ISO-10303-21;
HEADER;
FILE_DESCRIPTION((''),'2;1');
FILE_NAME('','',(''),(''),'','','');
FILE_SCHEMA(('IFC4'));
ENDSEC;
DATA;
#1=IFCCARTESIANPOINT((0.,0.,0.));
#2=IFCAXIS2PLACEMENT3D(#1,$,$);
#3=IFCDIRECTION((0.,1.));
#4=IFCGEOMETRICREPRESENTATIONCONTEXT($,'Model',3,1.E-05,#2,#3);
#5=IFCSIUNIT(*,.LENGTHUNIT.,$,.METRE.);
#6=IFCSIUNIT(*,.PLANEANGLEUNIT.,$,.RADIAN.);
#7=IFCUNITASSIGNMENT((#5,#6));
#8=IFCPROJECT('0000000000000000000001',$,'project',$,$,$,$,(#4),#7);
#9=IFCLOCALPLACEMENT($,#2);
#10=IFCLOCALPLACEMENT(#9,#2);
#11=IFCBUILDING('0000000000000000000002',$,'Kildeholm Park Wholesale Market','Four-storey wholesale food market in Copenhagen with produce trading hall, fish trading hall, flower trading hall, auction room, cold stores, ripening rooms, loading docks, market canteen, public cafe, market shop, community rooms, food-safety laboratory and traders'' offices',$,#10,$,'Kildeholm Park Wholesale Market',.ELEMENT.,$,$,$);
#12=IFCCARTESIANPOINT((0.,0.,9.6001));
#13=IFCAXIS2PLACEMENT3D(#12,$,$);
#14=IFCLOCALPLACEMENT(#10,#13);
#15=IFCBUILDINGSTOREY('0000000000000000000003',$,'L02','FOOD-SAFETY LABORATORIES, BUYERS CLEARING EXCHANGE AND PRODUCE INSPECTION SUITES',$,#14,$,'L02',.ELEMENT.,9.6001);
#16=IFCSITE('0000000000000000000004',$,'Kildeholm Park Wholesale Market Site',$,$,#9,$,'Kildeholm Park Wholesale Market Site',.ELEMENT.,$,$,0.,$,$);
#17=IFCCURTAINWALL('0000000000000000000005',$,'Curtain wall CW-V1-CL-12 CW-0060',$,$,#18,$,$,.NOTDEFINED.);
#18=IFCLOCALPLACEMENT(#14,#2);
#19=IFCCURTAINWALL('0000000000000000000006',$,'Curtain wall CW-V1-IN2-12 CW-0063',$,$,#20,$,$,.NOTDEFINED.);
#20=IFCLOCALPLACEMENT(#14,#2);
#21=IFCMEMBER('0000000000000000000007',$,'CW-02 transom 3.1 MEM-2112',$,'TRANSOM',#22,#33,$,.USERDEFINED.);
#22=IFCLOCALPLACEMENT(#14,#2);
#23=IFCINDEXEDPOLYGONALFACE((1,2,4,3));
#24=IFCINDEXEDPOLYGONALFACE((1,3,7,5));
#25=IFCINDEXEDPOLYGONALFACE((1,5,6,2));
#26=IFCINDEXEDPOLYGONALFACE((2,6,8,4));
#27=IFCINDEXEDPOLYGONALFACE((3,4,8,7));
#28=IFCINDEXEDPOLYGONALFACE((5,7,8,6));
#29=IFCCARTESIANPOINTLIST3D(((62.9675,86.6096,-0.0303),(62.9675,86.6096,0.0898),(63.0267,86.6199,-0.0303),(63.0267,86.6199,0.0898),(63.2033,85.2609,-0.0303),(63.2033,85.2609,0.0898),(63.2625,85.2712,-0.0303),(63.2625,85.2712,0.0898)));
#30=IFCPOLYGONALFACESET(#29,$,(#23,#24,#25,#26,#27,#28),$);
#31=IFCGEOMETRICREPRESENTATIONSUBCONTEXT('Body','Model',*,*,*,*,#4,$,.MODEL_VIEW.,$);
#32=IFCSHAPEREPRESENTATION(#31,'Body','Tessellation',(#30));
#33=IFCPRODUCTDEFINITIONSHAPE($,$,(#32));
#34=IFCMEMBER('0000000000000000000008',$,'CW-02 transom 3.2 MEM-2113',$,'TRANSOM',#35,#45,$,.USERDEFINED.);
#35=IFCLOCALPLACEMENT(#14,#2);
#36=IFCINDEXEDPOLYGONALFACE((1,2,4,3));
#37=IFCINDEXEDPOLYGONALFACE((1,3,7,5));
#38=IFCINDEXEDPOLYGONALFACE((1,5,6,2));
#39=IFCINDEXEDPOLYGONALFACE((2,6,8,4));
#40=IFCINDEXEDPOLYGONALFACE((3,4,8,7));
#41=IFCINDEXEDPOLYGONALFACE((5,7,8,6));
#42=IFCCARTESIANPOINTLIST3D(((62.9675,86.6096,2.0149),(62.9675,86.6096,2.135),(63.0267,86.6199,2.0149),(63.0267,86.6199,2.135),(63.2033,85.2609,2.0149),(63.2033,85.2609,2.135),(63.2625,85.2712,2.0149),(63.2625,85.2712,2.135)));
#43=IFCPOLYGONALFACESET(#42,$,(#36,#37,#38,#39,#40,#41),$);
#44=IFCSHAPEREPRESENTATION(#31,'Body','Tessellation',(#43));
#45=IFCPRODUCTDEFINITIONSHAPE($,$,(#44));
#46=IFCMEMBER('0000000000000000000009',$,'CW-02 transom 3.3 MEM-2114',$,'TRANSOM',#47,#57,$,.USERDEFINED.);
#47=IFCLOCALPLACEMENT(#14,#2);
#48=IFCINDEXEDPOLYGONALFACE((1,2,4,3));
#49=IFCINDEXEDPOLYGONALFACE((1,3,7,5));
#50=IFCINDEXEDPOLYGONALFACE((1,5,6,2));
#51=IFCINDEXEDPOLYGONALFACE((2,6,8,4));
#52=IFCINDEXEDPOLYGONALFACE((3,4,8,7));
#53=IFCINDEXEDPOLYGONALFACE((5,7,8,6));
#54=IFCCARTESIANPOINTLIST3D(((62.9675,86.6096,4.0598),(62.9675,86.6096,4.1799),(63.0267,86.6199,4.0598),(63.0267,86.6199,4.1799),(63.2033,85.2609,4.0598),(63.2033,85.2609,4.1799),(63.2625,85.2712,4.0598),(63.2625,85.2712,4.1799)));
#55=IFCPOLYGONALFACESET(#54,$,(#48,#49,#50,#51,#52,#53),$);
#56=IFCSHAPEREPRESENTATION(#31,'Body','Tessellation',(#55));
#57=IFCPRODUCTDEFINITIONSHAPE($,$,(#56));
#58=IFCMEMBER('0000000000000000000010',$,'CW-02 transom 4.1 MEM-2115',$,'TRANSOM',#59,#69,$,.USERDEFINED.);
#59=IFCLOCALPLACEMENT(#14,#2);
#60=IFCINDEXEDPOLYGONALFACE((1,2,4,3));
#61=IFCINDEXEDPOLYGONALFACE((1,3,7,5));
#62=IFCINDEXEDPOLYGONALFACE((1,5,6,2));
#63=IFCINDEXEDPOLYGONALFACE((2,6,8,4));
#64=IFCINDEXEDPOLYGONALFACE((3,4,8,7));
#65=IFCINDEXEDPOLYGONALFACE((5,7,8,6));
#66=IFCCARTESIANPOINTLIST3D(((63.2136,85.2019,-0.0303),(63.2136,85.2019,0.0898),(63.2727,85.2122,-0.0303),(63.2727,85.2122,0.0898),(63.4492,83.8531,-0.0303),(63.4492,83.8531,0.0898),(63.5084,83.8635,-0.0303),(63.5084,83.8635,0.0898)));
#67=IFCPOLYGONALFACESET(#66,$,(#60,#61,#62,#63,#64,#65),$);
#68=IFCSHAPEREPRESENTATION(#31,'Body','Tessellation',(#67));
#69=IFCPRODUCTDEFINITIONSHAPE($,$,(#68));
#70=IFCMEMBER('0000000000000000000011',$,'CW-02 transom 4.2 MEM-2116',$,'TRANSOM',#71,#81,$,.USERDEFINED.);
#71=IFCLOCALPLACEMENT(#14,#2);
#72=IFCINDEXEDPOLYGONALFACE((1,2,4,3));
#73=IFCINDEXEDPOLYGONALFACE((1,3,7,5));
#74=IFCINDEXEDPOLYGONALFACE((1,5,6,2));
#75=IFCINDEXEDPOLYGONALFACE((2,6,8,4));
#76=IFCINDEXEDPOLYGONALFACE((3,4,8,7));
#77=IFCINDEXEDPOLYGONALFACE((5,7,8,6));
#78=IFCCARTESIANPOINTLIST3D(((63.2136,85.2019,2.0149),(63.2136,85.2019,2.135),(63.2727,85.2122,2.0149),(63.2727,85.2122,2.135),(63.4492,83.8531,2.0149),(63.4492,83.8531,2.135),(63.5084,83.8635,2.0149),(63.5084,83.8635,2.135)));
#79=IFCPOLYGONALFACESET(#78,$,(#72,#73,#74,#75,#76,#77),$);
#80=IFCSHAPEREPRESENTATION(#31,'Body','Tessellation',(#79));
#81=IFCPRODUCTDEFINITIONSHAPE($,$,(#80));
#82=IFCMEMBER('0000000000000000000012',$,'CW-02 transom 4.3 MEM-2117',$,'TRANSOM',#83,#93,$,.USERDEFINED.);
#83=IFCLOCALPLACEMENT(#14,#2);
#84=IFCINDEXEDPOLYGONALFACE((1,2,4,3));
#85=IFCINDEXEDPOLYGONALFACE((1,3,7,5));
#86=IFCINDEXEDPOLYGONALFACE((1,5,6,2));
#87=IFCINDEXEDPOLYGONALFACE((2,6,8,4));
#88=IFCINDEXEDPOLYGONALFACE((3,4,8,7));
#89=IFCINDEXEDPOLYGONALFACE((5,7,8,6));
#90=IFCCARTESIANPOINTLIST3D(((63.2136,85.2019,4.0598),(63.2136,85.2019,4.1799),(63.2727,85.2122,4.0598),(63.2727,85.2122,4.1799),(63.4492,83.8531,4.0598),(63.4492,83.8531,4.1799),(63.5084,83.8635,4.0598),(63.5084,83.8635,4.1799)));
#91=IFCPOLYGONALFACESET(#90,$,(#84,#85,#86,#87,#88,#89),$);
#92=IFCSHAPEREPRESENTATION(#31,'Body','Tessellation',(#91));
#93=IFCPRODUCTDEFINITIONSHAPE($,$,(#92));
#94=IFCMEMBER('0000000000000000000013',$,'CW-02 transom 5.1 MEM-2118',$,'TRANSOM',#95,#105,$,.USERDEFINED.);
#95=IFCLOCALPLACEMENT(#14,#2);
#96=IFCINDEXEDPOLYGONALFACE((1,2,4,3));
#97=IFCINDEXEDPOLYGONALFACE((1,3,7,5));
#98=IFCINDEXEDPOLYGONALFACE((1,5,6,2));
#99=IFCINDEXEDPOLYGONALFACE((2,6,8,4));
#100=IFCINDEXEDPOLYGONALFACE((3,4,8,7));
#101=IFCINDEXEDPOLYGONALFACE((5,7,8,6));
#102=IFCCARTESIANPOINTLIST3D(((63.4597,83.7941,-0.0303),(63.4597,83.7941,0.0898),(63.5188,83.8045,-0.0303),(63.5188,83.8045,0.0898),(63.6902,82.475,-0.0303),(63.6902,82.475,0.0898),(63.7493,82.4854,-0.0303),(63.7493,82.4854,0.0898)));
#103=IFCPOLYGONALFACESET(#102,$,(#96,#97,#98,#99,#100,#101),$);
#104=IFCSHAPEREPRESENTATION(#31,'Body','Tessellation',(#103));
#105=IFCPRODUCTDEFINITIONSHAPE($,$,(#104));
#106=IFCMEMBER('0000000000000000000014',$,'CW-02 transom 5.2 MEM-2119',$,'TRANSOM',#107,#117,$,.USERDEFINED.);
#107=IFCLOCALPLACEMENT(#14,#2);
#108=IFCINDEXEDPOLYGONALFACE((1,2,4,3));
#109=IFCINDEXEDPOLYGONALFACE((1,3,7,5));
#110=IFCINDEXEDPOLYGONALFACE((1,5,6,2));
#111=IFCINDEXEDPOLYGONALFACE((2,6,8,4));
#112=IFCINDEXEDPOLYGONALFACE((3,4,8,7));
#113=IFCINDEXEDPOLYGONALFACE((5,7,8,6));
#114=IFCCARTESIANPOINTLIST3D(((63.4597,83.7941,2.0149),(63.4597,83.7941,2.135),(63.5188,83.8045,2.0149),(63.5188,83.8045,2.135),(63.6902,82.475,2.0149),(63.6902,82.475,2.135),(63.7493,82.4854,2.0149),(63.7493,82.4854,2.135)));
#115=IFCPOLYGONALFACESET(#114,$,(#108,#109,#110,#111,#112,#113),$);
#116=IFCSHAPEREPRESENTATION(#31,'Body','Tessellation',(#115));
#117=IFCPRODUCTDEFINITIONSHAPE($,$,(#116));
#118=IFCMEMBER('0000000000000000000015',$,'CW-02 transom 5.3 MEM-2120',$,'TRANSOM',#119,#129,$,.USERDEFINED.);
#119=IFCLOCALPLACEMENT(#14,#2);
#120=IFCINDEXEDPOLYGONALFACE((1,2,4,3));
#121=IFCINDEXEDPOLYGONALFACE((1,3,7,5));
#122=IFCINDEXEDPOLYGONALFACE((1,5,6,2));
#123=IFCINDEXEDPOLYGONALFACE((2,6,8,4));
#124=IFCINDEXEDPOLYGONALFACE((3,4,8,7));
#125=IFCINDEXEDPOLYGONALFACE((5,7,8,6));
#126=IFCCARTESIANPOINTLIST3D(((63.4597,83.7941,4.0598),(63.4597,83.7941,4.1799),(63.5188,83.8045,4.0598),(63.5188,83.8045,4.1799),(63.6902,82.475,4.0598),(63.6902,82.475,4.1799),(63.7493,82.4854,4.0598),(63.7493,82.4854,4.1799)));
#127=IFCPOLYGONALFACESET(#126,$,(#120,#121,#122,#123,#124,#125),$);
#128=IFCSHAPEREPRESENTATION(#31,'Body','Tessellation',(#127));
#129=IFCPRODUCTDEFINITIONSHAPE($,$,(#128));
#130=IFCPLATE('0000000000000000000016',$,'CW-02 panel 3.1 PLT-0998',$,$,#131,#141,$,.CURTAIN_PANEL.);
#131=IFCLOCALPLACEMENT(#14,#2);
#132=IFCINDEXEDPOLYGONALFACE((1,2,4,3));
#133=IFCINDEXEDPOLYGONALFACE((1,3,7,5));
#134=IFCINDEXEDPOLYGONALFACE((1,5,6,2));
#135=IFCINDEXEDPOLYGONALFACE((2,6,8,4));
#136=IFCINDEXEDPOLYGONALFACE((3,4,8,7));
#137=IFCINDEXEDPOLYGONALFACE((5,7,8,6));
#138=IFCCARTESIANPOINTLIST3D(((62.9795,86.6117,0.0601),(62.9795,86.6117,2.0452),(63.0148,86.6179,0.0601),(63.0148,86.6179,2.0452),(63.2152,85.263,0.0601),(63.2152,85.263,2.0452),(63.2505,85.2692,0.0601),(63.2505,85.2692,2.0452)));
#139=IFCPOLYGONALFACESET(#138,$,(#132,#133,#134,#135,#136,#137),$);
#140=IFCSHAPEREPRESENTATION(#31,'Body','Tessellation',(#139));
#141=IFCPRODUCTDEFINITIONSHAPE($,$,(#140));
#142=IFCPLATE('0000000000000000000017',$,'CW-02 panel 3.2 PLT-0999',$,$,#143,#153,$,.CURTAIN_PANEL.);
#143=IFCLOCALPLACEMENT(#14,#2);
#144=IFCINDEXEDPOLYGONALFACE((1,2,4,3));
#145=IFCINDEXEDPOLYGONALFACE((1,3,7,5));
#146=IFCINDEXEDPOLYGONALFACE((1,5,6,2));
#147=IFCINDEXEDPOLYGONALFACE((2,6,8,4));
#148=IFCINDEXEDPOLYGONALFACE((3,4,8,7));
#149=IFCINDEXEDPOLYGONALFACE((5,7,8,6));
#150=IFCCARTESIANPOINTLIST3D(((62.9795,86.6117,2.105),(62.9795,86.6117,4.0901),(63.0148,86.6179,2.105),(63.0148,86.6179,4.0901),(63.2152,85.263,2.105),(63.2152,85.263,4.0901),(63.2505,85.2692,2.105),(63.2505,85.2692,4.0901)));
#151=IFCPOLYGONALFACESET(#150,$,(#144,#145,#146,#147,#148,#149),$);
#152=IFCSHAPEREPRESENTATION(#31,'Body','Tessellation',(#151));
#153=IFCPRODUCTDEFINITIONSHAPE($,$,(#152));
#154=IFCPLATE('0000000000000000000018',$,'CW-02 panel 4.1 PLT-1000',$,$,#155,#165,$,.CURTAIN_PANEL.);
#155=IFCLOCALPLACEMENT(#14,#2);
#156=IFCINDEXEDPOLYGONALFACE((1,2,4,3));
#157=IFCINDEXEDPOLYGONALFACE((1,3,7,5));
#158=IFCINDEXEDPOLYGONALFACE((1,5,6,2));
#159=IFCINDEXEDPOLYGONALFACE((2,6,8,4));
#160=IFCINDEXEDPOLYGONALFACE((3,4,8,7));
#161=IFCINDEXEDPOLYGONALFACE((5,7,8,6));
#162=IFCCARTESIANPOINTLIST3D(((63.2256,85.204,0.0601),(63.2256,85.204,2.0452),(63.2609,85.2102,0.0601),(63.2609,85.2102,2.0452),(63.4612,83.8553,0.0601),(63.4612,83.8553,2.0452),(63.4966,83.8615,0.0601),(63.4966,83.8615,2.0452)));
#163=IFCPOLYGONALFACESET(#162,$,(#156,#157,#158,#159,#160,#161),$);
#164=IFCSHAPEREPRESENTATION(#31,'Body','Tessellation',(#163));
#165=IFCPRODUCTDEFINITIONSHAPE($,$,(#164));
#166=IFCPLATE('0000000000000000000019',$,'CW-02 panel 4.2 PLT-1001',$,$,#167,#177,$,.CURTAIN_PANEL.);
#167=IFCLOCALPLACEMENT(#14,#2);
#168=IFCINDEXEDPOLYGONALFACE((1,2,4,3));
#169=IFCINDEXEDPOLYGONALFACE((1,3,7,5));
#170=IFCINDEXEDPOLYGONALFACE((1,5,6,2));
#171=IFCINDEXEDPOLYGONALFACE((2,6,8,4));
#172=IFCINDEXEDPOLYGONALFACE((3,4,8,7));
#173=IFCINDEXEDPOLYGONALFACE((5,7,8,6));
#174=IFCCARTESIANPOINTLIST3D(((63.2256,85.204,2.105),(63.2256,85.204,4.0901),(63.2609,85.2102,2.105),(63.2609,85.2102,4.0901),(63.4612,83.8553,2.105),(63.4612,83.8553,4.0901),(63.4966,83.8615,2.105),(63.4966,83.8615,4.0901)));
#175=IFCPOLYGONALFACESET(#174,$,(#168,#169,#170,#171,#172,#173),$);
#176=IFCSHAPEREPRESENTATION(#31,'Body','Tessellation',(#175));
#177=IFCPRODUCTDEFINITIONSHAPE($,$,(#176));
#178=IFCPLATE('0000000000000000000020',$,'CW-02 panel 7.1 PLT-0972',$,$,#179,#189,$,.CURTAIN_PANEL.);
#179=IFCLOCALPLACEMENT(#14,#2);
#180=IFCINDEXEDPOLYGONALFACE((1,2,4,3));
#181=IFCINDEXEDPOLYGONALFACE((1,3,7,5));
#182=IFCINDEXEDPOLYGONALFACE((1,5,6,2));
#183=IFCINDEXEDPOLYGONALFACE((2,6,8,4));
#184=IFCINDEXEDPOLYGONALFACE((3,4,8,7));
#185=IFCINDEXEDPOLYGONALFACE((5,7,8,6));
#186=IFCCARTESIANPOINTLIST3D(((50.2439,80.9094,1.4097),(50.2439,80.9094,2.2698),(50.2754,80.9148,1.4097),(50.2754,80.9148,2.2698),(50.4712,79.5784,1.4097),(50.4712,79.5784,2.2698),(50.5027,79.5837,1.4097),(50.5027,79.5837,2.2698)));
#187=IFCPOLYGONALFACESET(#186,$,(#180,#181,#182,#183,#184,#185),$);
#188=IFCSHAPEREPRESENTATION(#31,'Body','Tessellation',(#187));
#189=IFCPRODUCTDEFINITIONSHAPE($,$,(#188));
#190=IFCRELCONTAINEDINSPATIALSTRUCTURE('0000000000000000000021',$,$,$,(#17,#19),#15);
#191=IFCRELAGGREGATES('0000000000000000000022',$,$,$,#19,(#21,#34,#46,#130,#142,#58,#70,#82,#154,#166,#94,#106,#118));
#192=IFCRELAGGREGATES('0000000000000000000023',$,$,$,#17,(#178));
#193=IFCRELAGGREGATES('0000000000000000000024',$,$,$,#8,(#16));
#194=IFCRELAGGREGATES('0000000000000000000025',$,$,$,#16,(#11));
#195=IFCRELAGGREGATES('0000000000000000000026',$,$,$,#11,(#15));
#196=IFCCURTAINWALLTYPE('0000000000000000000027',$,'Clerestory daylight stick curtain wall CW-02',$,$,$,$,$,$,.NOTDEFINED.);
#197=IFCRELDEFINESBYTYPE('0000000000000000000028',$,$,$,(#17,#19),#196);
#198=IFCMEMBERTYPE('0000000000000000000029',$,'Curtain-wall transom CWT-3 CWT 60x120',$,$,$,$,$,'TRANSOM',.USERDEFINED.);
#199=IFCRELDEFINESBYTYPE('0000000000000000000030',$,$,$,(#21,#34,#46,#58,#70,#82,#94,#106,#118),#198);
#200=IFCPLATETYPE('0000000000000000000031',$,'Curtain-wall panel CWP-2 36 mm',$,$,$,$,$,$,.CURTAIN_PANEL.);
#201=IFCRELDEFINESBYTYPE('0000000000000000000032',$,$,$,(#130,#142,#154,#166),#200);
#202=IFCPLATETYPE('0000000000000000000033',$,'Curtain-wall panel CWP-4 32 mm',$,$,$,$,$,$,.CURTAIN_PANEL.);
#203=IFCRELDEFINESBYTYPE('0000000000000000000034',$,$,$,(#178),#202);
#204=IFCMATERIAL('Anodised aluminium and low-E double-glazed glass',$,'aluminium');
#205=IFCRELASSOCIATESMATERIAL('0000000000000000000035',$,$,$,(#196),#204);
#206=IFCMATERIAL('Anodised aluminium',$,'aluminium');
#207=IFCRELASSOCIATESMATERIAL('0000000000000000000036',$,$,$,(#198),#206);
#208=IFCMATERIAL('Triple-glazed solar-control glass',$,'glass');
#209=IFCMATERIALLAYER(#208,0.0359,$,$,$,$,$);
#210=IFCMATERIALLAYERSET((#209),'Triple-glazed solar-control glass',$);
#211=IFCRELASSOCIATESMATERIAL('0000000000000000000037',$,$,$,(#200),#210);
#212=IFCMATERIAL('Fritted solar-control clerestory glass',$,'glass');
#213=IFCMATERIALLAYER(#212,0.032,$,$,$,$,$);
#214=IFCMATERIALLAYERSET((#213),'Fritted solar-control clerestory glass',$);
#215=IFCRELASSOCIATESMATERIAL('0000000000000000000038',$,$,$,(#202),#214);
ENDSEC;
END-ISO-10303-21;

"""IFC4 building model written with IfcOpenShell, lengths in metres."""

from ifc_helpers import new_model, si_unit, direction, frame, origin, origin_2d, place, context, subcontext, project, spatial, rectangle, extrude, material, layer, layer_set, material_profile, profile_set, type_object, element, aggregate, save


model = new_model("IFC4")

# Units and contexts
model_context = context("Model", 3, precision=1e-05, world=origin(), true_north=direction((0.0, 1.0)))
body_context = subcontext(model_context, "Body", "Model", "MODEL_VIEW")
ifc_project = project(units=[si_unit("LENGTHUNIT", "METRE"), si_unit("PLANEANGLEUNIT", "RADIAN")], contexts=[model_context])

# Site, building, storey
site_placement = place(None, origin())
site = spatial("IfcSite", under=ifc_project, at=site_placement, Name="Kildeholm Park Wholesale Market Site", LongName="Kildeholm Park Wholesale Market Site", CompositionType="ELEMENT", RefElevation=0.0)
building_placement = place(site_placement, origin())
building = spatial("IfcBuilding", under=site, at=building_placement, Name="Kildeholm Park Wholesale Market", Description="Four-storey wholesale food market in Copenhagen with produce trading hall, fish trading hall, flower trading hall, auction room, cold stores, ripening rooms, loading docks, market canteen, public cafe, market shop, community rooms, food-safety laboratory and traders' offices", LongName="Kildeholm Park Wholesale Market", CompositionType="ELEMENT")
storey_placement = place(building_placement, frame((0.0, 0.0, 9.6001)))
storey = spatial("IfcBuildingStorey", under=building, at=storey_placement, Name="L02", Description="FOOD-SAFETY LABORATORIES, BUYERS CLEARING EXCHANGE AND PRODUCE INSPECTION SUITES", LongName="L02", CompositionType="ELEMENT", Elevation=9.6001)

# Curtain wall
ifc_material_1 = material(Name="Anodised aluminium and low-E double-glazed glass", Category="aluminium")
curtain_wall_type = type_object("IfcCurtainWallType", Name="Clerestory daylight stick curtain wall CW-02", PredefinedType="NOTDEFINED", material=ifc_material_1)
curtain_wall_1_placement = place(storey_placement, origin())
curtain_wall_1 = element("IfcCurtainWall", 1, at=curtain_wall_1_placement, inside=storey, type_object=curtain_wall_type, Name="Curtain wall CW-V1-CL-12 CW-0060", PredefinedType="NOTDEFINED")
ifc_material_2 = material(Name="Anodised aluminium", Category="aluminium")

# Curtain wall, members, plates
curtain_wall_2_placement = place(storey_placement, origin())
curtain_wall_2 = element("IfcCurtainWall", 2, at=curtain_wall_2_placement, inside=storey, type_object=curtain_wall_type, Name="Curtain wall CW-V1-IN2-12 CW-0063", PredefinedType="NOTDEFINED")
ifc_material_profile_1 = material_profile(ifc_material_2, rectangle(XDim=0.0601, YDim=0.1201, at=origin_2d()), Name="CWT 60x120")
ifc_profile_set_1 = profile_set([ifc_material_profile_1], Name="Anodised aluminium")
member_type_1 = type_object("IfcMemberType", Name="Curtain-wall transom CWT-3 CWT 60x120", ElementType="TRANSOM", PredefinedType="USERDEFINED", material=ifc_profile_set_1)
member_1_placement = place(storey_placement, frame((62.9971, 86.6147, 0.0298), z_axis=(0.172259, -0.985052, 0.0), x_axis=(0.985052, 0.172259, 0.0)))
member_1 = element("IfcMember", 3, at=member_1_placement, type_object=member_type_1, Name="CW-02 transom 3.1 MEM-2112", ObjectType="TRANSOM", PredefinedType="USERDEFINED", context=body_context, shape_type="SweptSolid", body=[
    extrude(rectangle(XDim=0.0601, YDim=0.1201, at=origin_2d()), origin(), (0.0, 0.0, 1.0), 1.3691),
])
member_2_placement = place(storey_placement, frame((62.9971, 86.6147, 2.075), z_axis=(0.172259, -0.985052, 0.0), x_axis=(0.985052, 0.172259, 0.0)))
member_2 = element("IfcMember", 4, at=member_2_placement, type_object=member_type_1, Name="CW-02 transom 3.2 MEM-2113", ObjectType="TRANSOM", PredefinedType="USERDEFINED", context=body_context, shape_type="SweptSolid", body=[
    extrude(rectangle(XDim=0.0601, YDim=0.1201, at=origin_2d()), origin(), (0.0, 0.0, 1.0), 1.3691),
])
member_3_placement = place(storey_placement, frame((62.9971, 86.6147, 4.1199), z_axis=(0.172259, -0.985052, 0.0), x_axis=(0.985052, 0.172259, 0.0)))
member_3 = element("IfcMember", 5, at=member_3_placement, type_object=member_type_1, Name="CW-02 transom 3.3 MEM-2114", ObjectType="TRANSOM", PredefinedType="USERDEFINED", context=body_context, shape_type="SweptSolid", body=[
    extrude(rectangle(XDim=0.0601, YDim=0.1201, at=origin_2d()), origin(), (0.0, 0.0, 1.0), 1.3691),
])
member_4_placement = place(storey_placement, frame((63.2432, 85.207, 0.0298), z_axis=(0.172086, -0.985082, 0.0), x_axis=(0.985082, 0.172086, 0.0)))
member_4 = element("IfcMember", 6, at=member_4_placement, type_object=member_type_1, Name="CW-02 transom 4.1 MEM-2115", ObjectType="TRANSOM", PredefinedType="USERDEFINED", context=body_context, shape_type="SweptSolid", body=[
    extrude(rectangle(XDim=0.0601, YDim=0.1201, at=origin_2d()), origin(), (0.0, 0.0, 1.0), 1.3691),
])
member_5_placement = place(storey_placement, frame((63.2432, 85.207, 2.075), z_axis=(0.172086, -0.985082, 0.0), x_axis=(0.985082, 0.172086, 0.0)))
member_5 = element("IfcMember", 7, at=member_5_placement, type_object=member_type_1, Name="CW-02 transom 4.2 MEM-2116", ObjectType="TRANSOM", PredefinedType="USERDEFINED", context=body_context, shape_type="SweptSolid", body=[
    extrude(rectangle(XDim=0.0601, YDim=0.1201, at=origin_2d()), origin(), (0.0, 0.0, 1.0), 1.3691),
])
member_6_placement = place(storey_placement, frame((63.2432, 85.207, 4.1199), z_axis=(0.172086, -0.985082, 0.0), x_axis=(0.985082, 0.172086, 0.0)))
member_6 = element("IfcMember", 8, at=member_6_placement, type_object=member_type_1, Name="CW-02 transom 4.3 MEM-2117", ObjectType="TRANSOM", PredefinedType="USERDEFINED", context=body_context, shape_type="SweptSolid", body=[
    extrude(rectangle(XDim=0.0601, YDim=0.1201, at=origin_2d()), origin(), (0.0, 0.0, 1.0), 1.3691),
])
member_7_placement = place(storey_placement, frame((63.4893, 83.7993, 0.0298), z_axis=(0.172111, -0.985078, 0.0), x_axis=(0.985078, 0.172111, 0.0)))
member_7 = element("IfcMember", 9, at=member_7_placement, type_object=member_type_1, Name="CW-02 transom 5.1 MEM-2118", ObjectType="TRANSOM", PredefinedType="USERDEFINED", context=body_context, shape_type="SweptSolid", body=[
    extrude(rectangle(XDim=0.0601, YDim=0.1201, at=origin_2d()), origin(), (0.0, 0.0, 1.0), 1.3391),
])
member_8_placement = place(storey_placement, frame((63.4893, 83.7993, 2.075), z_axis=(0.172111, -0.985078, 0.0), x_axis=(0.985078, 0.172111, 0.0)))
member_8 = element("IfcMember", 10, at=member_8_placement, type_object=member_type_1, Name="CW-02 transom 5.2 MEM-2119", ObjectType="TRANSOM", PredefinedType="USERDEFINED", context=body_context, shape_type="SweptSolid", body=[
    extrude(rectangle(XDim=0.0601, YDim=0.1201, at=origin_2d()), origin(), (0.0, 0.0, 1.0), 1.3391),
])
member_9_placement = place(storey_placement, frame((63.4893, 83.7993, 4.1199), z_axis=(0.172111, -0.985078, 0.0), x_axis=(0.985078, 0.172111, 0.0)))
member_9 = element("IfcMember", 11, at=member_9_placement, type_object=member_type_1, Name="CW-02 transom 5.3 MEM-2120", ObjectType="TRANSOM", PredefinedType="USERDEFINED", context=body_context, shape_type="SweptSolid", body=[
    extrude(rectangle(XDim=0.0601, YDim=0.1201, at=origin_2d()), origin(), (0.0, 0.0, 1.0), 1.3391),
])
ifc_material_3 = material(Name="Triple-glazed solar-control glass", Category="glass")
ifc_layer_1 = layer(ifc_material_3, 0.0359)
ifc_layer_set_1 = layer_set([ifc_layer_1], Name="Triple-glazed solar-control glass")
plate_type_1 = type_object("IfcPlateType", Name="Curtain-wall panel CWP-2 36 mm", PredefinedType="CURTAIN_PANEL", material=ifc_layer_set_1)
plate_1_placement = place(storey_placement, frame((63.115, 85.9404, 0.0601), z_axis=(0.0, 0.0, 1.0), x_axis=(0.172133, -0.985074, 0.0)))
plate_1 = element("IfcPlate", 12, at=plate_1_placement, type_object=plate_type_1, Name="CW-02 panel 3.1 PLT-0998", PredefinedType="CURTAIN_PANEL", context=body_context, shape_type="SweptSolid", body=[
    extrude(rectangle(XDim=1.3691, YDim=0.0359, at=origin_2d()), origin(), (0.0, 0.0, 1.0), 1.9851),
])
plate_2_placement = place(storey_placement, frame((63.115, 85.9404, 2.105), z_axis=(0.0, 0.0, 1.0), x_axis=(0.172133, -0.985074, 0.0)))
plate_2 = element("IfcPlate", 13, at=plate_2_placement, type_object=plate_type_1, Name="CW-02 panel 3.2 PLT-0999", PredefinedType="CURTAIN_PANEL", context=body_context, shape_type="SweptSolid", body=[
    extrude(rectangle(XDim=1.3691, YDim=0.0359, at=origin_2d()), origin(), (0.0, 0.0, 1.0), 1.9851),
])
plate_3_placement = place(storey_placement, frame((63.3611, 84.5327, 0.0601), z_axis=(0.0, 0.0, 1.0), x_axis=(0.172133, -0.985074, 0.0)))
plate_3 = element("IfcPlate", 14, at=plate_3_placement, type_object=plate_type_1, Name="CW-02 panel 4.1 PLT-1000", PredefinedType="CURTAIN_PANEL", context=body_context, shape_type="SweptSolid", body=[
    extrude(rectangle(XDim=1.3691, YDim=0.0359, at=origin_2d()), origin(), (0.0, 0.0, 1.0), 1.9851),
])
plate_4_placement = place(storey_placement, frame((63.3611, 84.5327, 2.105), z_axis=(0.0, 0.0, 1.0), x_axis=(0.172133, -0.985074, 0.0)))
plate_4 = element("IfcPlate", 15, at=plate_4_placement, type_object=plate_type_1, Name="CW-02 panel 4.2 PLT-1001", PredefinedType="CURTAIN_PANEL", context=body_context, shape_type="SweptSolid", body=[
    extrude(rectangle(XDim=1.3691, YDim=0.0359, at=origin_2d()), origin(), (0.0, 0.0, 1.0), 1.9851),
])
aggregate(curtain_wall_2, [member_1, member_2, member_3, plate_1, plate_2, member_4, member_5, member_6, plate_3, plate_4, member_7, member_8, member_9])

# Plate
ifc_material_4 = material(Name="Fritted solar-control clerestory glass", Category="glass")
ifc_layer_2 = layer(ifc_material_4, 0.032)
ifc_layer_set_2 = layer_set([ifc_layer_2], Name="Fritted solar-control clerestory glass")
plate_type_2 = type_object("IfcPlateType", Name="Curtain-wall panel CWP-4 32 mm", PredefinedType="CURTAIN_PANEL", material=ifc_layer_set_2)
plate_5_placement = place(storey_placement, frame((50.3733, 80.2466, 1.4097), z_axis=(0.0, 0.0, 1.0), x_axis=(0.168322, -0.985732, 0.0)))
plate_5 = element("IfcPlate", 16, at=plate_5_placement, type_object=plate_type_2, Name="CW-02 panel 7.1 PLT-0972", PredefinedType="CURTAIN_PANEL", context=body_context, shape_type="SweptSolid", body=[
    extrude(rectangle(XDim=1.3503, YDim=0.032, at=origin_2d()), origin(), (0.0, 0.0, 1.0), 0.8601),
])
aggregate(curtain_wall_1, [plate_5])

save(model, "model.ifc")
